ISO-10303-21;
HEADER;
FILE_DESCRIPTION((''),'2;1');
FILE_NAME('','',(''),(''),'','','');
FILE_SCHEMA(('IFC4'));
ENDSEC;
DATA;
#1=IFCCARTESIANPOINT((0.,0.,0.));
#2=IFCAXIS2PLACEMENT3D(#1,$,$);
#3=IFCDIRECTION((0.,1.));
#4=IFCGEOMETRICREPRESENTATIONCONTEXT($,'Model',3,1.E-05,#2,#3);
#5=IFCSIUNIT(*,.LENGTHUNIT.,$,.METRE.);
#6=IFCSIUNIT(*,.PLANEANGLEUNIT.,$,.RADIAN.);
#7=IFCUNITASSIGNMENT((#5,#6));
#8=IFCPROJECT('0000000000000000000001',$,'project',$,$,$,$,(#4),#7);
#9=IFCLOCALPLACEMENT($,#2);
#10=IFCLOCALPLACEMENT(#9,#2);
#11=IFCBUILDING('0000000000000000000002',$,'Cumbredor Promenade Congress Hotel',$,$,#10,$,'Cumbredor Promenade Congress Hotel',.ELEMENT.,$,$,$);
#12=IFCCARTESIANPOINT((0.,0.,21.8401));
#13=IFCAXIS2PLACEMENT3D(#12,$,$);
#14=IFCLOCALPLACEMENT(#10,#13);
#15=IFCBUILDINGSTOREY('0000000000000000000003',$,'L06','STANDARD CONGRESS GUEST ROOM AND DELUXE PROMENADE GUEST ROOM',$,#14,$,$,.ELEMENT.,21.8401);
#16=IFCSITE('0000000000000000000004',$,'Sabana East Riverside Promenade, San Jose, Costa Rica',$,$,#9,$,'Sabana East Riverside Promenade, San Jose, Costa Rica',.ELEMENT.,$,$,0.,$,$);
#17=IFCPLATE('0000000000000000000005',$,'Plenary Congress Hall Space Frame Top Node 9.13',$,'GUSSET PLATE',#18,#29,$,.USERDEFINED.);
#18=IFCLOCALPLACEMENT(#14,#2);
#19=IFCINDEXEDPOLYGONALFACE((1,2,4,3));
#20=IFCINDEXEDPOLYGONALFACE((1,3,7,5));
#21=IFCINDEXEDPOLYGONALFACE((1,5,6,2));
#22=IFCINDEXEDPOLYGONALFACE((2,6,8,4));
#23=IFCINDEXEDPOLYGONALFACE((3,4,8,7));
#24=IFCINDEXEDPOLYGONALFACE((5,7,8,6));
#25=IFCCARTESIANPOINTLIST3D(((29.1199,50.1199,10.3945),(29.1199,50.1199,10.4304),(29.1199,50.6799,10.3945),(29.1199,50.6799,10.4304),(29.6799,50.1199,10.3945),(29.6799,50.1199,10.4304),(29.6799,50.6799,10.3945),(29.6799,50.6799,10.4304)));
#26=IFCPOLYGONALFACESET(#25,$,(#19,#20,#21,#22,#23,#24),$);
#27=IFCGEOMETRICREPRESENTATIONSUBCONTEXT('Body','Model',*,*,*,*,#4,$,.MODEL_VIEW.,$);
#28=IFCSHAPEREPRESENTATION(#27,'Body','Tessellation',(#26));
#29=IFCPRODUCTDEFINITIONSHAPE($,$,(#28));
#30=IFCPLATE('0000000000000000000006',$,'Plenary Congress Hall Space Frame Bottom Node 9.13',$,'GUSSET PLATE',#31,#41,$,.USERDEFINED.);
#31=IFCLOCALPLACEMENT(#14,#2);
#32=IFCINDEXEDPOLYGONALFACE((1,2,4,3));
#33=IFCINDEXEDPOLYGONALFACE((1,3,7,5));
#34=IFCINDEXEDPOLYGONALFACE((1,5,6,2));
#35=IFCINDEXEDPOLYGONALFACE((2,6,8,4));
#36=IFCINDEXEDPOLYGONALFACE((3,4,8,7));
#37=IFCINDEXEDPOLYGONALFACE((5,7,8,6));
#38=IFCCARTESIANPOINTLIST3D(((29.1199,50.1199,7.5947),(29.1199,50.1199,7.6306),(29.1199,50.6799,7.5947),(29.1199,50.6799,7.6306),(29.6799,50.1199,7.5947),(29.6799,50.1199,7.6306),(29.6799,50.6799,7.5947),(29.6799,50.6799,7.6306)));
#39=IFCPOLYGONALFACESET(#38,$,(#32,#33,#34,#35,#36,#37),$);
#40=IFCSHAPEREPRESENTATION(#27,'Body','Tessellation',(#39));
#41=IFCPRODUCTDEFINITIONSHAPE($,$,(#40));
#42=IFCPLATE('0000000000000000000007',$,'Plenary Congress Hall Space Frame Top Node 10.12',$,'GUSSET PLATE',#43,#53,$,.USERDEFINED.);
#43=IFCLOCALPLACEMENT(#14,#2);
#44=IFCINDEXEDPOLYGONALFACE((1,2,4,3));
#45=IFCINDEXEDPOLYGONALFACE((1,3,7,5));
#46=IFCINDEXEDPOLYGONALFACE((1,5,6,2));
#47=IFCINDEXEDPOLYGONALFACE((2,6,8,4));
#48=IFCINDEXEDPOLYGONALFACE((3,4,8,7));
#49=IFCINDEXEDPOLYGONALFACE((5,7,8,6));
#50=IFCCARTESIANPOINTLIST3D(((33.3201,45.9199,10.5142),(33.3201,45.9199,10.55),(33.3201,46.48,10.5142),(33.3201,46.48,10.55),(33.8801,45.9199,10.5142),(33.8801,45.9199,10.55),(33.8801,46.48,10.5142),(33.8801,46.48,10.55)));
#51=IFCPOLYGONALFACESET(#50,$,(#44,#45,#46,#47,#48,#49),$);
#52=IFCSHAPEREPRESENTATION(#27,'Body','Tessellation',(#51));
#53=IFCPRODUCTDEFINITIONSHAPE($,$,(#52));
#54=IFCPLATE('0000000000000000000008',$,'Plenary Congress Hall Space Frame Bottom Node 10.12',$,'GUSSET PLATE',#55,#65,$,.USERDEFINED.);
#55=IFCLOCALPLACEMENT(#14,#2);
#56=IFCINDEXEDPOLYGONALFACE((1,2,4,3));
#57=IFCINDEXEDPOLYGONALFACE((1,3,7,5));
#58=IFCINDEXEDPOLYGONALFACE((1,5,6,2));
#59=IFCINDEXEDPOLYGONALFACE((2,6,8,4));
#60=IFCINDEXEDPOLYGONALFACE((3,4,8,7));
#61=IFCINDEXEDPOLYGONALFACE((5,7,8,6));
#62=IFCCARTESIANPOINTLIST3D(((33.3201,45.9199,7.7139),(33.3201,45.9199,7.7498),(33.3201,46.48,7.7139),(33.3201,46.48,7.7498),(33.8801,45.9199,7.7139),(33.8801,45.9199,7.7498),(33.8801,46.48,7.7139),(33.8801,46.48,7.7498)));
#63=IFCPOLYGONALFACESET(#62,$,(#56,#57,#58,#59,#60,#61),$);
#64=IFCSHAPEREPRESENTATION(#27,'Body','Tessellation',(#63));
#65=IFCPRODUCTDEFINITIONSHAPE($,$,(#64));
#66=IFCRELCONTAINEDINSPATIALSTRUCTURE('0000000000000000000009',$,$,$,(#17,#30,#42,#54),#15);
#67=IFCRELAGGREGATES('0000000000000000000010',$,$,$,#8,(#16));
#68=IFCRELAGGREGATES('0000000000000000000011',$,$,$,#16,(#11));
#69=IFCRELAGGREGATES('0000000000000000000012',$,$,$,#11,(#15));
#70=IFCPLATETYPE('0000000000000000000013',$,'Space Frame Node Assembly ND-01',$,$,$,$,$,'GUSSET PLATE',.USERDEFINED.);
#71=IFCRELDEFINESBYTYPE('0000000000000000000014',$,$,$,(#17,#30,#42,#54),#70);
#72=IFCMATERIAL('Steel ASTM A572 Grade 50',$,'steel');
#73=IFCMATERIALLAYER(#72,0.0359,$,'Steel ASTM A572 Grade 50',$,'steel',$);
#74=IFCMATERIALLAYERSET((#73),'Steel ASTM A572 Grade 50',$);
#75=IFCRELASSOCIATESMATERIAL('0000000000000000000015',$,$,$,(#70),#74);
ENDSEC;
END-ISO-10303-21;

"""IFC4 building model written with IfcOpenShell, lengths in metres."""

from ifc_helpers import new_model, si_unit, direction, frame, origin, origin_2d, place, context, subcontext, project, spatial, rectangle, extrude, material, layer, layer_set, type_object, element, save


model = new_model("IFC4")

# Units and contexts
model_context = context("Model", 3, precision=1e-05, world=origin(), true_north=direction((0.0, 1.0)))
body_context = subcontext(model_context, "Body", "Model", "MODEL_VIEW")
ifc_project = project(units=[si_unit("LENGTHUNIT", "METRE"), si_unit("PLANEANGLEUNIT", "RADIAN")], contexts=[model_context])

# Site, building, storey
site_placement = place(None, origin())
site = spatial("IfcSite", under=ifc_project, at=site_placement, Name="Sabana East Riverside Promenade, San Jose, Costa Rica", LongName="Sabana East Riverside Promenade, San Jose, Costa Rica", CompositionType="ELEMENT", RefElevation=0.0)
building_placement = place(site_placement, origin())
building = spatial("IfcBuilding", under=site, at=building_placement, Name="Cumbredor Promenade Congress Hotel", LongName="Cumbredor Promenade Congress Hotel", CompositionType="ELEMENT")
storey_placement = place(building_placement, frame((0.0, 0.0, 21.8401)))
storey = spatial("IfcBuildingStorey", under=building, at=storey_placement, Name="L06", Description="STANDARD CONGRESS GUEST ROOM AND DELUXE PROMENADE GUEST ROOM", CompositionType="ELEMENT", Elevation=21.8401)

# Plates
ifc_material_1 = material(Name="Steel ASTM A572 Grade 50", Category="steel")
ifc_layer = layer(ifc_material_1, 0.0359, Name="Steel ASTM A572 Grade 50", Category="steel")
ifc_layer_set = layer_set([ifc_layer], Name="Steel ASTM A572 Grade 50")
plate_type = type_object("IfcPlateType", Name="Space Frame Node Assembly ND-01", ElementType="GUSSET PLATE", PredefinedType="USERDEFINED", material=ifc_layer_set)
for number, where, z_axis, x_axis, name in (
    (1, (29.3999, 50.3999, 10.3945), (0.0, 0.0, 1.0), (1.0, 0.0, 0.0), "Plenary Congress Hall Space Frame Top Node 9.13"),
    (2, (29.3999, 50.3999, 7.5947), (0.0, 0.0, 1.0), (1.0, 0.0, 0.0), "Plenary Congress Hall Space Frame Bottom Node 9.13"),
    (3, (33.6001, 46.2, 10.5142), (0.0, 0.0, 1.0), (1.0, 0.0, 0.0), "Plenary Congress Hall Space Frame Top Node 10.12"),
    (4, (33.6001, 46.2, 7.7139), (0.0, 0.0, 1.0), (1.0, 0.0, 0.0), "Plenary Congress Hall Space Frame Bottom Node 10.12"),
):
    element("IfcPlate", number, at=place(storey_placement, frame(where, z_axis=z_axis, x_axis=x_axis)), inside=storey, type_object=plate_type, Name=name, ObjectType="GUSSET PLATE", PredefinedType="USERDEFINED", context=body_context, shape_type="SweptSolid", body=[
        extrude(rectangle(XDim=0.5601, YDim=0.5601, at=origin_2d()), origin(), (0.0, 0.0, 1.0), 0.0359),
    ])

save(model, "model.ifc")
